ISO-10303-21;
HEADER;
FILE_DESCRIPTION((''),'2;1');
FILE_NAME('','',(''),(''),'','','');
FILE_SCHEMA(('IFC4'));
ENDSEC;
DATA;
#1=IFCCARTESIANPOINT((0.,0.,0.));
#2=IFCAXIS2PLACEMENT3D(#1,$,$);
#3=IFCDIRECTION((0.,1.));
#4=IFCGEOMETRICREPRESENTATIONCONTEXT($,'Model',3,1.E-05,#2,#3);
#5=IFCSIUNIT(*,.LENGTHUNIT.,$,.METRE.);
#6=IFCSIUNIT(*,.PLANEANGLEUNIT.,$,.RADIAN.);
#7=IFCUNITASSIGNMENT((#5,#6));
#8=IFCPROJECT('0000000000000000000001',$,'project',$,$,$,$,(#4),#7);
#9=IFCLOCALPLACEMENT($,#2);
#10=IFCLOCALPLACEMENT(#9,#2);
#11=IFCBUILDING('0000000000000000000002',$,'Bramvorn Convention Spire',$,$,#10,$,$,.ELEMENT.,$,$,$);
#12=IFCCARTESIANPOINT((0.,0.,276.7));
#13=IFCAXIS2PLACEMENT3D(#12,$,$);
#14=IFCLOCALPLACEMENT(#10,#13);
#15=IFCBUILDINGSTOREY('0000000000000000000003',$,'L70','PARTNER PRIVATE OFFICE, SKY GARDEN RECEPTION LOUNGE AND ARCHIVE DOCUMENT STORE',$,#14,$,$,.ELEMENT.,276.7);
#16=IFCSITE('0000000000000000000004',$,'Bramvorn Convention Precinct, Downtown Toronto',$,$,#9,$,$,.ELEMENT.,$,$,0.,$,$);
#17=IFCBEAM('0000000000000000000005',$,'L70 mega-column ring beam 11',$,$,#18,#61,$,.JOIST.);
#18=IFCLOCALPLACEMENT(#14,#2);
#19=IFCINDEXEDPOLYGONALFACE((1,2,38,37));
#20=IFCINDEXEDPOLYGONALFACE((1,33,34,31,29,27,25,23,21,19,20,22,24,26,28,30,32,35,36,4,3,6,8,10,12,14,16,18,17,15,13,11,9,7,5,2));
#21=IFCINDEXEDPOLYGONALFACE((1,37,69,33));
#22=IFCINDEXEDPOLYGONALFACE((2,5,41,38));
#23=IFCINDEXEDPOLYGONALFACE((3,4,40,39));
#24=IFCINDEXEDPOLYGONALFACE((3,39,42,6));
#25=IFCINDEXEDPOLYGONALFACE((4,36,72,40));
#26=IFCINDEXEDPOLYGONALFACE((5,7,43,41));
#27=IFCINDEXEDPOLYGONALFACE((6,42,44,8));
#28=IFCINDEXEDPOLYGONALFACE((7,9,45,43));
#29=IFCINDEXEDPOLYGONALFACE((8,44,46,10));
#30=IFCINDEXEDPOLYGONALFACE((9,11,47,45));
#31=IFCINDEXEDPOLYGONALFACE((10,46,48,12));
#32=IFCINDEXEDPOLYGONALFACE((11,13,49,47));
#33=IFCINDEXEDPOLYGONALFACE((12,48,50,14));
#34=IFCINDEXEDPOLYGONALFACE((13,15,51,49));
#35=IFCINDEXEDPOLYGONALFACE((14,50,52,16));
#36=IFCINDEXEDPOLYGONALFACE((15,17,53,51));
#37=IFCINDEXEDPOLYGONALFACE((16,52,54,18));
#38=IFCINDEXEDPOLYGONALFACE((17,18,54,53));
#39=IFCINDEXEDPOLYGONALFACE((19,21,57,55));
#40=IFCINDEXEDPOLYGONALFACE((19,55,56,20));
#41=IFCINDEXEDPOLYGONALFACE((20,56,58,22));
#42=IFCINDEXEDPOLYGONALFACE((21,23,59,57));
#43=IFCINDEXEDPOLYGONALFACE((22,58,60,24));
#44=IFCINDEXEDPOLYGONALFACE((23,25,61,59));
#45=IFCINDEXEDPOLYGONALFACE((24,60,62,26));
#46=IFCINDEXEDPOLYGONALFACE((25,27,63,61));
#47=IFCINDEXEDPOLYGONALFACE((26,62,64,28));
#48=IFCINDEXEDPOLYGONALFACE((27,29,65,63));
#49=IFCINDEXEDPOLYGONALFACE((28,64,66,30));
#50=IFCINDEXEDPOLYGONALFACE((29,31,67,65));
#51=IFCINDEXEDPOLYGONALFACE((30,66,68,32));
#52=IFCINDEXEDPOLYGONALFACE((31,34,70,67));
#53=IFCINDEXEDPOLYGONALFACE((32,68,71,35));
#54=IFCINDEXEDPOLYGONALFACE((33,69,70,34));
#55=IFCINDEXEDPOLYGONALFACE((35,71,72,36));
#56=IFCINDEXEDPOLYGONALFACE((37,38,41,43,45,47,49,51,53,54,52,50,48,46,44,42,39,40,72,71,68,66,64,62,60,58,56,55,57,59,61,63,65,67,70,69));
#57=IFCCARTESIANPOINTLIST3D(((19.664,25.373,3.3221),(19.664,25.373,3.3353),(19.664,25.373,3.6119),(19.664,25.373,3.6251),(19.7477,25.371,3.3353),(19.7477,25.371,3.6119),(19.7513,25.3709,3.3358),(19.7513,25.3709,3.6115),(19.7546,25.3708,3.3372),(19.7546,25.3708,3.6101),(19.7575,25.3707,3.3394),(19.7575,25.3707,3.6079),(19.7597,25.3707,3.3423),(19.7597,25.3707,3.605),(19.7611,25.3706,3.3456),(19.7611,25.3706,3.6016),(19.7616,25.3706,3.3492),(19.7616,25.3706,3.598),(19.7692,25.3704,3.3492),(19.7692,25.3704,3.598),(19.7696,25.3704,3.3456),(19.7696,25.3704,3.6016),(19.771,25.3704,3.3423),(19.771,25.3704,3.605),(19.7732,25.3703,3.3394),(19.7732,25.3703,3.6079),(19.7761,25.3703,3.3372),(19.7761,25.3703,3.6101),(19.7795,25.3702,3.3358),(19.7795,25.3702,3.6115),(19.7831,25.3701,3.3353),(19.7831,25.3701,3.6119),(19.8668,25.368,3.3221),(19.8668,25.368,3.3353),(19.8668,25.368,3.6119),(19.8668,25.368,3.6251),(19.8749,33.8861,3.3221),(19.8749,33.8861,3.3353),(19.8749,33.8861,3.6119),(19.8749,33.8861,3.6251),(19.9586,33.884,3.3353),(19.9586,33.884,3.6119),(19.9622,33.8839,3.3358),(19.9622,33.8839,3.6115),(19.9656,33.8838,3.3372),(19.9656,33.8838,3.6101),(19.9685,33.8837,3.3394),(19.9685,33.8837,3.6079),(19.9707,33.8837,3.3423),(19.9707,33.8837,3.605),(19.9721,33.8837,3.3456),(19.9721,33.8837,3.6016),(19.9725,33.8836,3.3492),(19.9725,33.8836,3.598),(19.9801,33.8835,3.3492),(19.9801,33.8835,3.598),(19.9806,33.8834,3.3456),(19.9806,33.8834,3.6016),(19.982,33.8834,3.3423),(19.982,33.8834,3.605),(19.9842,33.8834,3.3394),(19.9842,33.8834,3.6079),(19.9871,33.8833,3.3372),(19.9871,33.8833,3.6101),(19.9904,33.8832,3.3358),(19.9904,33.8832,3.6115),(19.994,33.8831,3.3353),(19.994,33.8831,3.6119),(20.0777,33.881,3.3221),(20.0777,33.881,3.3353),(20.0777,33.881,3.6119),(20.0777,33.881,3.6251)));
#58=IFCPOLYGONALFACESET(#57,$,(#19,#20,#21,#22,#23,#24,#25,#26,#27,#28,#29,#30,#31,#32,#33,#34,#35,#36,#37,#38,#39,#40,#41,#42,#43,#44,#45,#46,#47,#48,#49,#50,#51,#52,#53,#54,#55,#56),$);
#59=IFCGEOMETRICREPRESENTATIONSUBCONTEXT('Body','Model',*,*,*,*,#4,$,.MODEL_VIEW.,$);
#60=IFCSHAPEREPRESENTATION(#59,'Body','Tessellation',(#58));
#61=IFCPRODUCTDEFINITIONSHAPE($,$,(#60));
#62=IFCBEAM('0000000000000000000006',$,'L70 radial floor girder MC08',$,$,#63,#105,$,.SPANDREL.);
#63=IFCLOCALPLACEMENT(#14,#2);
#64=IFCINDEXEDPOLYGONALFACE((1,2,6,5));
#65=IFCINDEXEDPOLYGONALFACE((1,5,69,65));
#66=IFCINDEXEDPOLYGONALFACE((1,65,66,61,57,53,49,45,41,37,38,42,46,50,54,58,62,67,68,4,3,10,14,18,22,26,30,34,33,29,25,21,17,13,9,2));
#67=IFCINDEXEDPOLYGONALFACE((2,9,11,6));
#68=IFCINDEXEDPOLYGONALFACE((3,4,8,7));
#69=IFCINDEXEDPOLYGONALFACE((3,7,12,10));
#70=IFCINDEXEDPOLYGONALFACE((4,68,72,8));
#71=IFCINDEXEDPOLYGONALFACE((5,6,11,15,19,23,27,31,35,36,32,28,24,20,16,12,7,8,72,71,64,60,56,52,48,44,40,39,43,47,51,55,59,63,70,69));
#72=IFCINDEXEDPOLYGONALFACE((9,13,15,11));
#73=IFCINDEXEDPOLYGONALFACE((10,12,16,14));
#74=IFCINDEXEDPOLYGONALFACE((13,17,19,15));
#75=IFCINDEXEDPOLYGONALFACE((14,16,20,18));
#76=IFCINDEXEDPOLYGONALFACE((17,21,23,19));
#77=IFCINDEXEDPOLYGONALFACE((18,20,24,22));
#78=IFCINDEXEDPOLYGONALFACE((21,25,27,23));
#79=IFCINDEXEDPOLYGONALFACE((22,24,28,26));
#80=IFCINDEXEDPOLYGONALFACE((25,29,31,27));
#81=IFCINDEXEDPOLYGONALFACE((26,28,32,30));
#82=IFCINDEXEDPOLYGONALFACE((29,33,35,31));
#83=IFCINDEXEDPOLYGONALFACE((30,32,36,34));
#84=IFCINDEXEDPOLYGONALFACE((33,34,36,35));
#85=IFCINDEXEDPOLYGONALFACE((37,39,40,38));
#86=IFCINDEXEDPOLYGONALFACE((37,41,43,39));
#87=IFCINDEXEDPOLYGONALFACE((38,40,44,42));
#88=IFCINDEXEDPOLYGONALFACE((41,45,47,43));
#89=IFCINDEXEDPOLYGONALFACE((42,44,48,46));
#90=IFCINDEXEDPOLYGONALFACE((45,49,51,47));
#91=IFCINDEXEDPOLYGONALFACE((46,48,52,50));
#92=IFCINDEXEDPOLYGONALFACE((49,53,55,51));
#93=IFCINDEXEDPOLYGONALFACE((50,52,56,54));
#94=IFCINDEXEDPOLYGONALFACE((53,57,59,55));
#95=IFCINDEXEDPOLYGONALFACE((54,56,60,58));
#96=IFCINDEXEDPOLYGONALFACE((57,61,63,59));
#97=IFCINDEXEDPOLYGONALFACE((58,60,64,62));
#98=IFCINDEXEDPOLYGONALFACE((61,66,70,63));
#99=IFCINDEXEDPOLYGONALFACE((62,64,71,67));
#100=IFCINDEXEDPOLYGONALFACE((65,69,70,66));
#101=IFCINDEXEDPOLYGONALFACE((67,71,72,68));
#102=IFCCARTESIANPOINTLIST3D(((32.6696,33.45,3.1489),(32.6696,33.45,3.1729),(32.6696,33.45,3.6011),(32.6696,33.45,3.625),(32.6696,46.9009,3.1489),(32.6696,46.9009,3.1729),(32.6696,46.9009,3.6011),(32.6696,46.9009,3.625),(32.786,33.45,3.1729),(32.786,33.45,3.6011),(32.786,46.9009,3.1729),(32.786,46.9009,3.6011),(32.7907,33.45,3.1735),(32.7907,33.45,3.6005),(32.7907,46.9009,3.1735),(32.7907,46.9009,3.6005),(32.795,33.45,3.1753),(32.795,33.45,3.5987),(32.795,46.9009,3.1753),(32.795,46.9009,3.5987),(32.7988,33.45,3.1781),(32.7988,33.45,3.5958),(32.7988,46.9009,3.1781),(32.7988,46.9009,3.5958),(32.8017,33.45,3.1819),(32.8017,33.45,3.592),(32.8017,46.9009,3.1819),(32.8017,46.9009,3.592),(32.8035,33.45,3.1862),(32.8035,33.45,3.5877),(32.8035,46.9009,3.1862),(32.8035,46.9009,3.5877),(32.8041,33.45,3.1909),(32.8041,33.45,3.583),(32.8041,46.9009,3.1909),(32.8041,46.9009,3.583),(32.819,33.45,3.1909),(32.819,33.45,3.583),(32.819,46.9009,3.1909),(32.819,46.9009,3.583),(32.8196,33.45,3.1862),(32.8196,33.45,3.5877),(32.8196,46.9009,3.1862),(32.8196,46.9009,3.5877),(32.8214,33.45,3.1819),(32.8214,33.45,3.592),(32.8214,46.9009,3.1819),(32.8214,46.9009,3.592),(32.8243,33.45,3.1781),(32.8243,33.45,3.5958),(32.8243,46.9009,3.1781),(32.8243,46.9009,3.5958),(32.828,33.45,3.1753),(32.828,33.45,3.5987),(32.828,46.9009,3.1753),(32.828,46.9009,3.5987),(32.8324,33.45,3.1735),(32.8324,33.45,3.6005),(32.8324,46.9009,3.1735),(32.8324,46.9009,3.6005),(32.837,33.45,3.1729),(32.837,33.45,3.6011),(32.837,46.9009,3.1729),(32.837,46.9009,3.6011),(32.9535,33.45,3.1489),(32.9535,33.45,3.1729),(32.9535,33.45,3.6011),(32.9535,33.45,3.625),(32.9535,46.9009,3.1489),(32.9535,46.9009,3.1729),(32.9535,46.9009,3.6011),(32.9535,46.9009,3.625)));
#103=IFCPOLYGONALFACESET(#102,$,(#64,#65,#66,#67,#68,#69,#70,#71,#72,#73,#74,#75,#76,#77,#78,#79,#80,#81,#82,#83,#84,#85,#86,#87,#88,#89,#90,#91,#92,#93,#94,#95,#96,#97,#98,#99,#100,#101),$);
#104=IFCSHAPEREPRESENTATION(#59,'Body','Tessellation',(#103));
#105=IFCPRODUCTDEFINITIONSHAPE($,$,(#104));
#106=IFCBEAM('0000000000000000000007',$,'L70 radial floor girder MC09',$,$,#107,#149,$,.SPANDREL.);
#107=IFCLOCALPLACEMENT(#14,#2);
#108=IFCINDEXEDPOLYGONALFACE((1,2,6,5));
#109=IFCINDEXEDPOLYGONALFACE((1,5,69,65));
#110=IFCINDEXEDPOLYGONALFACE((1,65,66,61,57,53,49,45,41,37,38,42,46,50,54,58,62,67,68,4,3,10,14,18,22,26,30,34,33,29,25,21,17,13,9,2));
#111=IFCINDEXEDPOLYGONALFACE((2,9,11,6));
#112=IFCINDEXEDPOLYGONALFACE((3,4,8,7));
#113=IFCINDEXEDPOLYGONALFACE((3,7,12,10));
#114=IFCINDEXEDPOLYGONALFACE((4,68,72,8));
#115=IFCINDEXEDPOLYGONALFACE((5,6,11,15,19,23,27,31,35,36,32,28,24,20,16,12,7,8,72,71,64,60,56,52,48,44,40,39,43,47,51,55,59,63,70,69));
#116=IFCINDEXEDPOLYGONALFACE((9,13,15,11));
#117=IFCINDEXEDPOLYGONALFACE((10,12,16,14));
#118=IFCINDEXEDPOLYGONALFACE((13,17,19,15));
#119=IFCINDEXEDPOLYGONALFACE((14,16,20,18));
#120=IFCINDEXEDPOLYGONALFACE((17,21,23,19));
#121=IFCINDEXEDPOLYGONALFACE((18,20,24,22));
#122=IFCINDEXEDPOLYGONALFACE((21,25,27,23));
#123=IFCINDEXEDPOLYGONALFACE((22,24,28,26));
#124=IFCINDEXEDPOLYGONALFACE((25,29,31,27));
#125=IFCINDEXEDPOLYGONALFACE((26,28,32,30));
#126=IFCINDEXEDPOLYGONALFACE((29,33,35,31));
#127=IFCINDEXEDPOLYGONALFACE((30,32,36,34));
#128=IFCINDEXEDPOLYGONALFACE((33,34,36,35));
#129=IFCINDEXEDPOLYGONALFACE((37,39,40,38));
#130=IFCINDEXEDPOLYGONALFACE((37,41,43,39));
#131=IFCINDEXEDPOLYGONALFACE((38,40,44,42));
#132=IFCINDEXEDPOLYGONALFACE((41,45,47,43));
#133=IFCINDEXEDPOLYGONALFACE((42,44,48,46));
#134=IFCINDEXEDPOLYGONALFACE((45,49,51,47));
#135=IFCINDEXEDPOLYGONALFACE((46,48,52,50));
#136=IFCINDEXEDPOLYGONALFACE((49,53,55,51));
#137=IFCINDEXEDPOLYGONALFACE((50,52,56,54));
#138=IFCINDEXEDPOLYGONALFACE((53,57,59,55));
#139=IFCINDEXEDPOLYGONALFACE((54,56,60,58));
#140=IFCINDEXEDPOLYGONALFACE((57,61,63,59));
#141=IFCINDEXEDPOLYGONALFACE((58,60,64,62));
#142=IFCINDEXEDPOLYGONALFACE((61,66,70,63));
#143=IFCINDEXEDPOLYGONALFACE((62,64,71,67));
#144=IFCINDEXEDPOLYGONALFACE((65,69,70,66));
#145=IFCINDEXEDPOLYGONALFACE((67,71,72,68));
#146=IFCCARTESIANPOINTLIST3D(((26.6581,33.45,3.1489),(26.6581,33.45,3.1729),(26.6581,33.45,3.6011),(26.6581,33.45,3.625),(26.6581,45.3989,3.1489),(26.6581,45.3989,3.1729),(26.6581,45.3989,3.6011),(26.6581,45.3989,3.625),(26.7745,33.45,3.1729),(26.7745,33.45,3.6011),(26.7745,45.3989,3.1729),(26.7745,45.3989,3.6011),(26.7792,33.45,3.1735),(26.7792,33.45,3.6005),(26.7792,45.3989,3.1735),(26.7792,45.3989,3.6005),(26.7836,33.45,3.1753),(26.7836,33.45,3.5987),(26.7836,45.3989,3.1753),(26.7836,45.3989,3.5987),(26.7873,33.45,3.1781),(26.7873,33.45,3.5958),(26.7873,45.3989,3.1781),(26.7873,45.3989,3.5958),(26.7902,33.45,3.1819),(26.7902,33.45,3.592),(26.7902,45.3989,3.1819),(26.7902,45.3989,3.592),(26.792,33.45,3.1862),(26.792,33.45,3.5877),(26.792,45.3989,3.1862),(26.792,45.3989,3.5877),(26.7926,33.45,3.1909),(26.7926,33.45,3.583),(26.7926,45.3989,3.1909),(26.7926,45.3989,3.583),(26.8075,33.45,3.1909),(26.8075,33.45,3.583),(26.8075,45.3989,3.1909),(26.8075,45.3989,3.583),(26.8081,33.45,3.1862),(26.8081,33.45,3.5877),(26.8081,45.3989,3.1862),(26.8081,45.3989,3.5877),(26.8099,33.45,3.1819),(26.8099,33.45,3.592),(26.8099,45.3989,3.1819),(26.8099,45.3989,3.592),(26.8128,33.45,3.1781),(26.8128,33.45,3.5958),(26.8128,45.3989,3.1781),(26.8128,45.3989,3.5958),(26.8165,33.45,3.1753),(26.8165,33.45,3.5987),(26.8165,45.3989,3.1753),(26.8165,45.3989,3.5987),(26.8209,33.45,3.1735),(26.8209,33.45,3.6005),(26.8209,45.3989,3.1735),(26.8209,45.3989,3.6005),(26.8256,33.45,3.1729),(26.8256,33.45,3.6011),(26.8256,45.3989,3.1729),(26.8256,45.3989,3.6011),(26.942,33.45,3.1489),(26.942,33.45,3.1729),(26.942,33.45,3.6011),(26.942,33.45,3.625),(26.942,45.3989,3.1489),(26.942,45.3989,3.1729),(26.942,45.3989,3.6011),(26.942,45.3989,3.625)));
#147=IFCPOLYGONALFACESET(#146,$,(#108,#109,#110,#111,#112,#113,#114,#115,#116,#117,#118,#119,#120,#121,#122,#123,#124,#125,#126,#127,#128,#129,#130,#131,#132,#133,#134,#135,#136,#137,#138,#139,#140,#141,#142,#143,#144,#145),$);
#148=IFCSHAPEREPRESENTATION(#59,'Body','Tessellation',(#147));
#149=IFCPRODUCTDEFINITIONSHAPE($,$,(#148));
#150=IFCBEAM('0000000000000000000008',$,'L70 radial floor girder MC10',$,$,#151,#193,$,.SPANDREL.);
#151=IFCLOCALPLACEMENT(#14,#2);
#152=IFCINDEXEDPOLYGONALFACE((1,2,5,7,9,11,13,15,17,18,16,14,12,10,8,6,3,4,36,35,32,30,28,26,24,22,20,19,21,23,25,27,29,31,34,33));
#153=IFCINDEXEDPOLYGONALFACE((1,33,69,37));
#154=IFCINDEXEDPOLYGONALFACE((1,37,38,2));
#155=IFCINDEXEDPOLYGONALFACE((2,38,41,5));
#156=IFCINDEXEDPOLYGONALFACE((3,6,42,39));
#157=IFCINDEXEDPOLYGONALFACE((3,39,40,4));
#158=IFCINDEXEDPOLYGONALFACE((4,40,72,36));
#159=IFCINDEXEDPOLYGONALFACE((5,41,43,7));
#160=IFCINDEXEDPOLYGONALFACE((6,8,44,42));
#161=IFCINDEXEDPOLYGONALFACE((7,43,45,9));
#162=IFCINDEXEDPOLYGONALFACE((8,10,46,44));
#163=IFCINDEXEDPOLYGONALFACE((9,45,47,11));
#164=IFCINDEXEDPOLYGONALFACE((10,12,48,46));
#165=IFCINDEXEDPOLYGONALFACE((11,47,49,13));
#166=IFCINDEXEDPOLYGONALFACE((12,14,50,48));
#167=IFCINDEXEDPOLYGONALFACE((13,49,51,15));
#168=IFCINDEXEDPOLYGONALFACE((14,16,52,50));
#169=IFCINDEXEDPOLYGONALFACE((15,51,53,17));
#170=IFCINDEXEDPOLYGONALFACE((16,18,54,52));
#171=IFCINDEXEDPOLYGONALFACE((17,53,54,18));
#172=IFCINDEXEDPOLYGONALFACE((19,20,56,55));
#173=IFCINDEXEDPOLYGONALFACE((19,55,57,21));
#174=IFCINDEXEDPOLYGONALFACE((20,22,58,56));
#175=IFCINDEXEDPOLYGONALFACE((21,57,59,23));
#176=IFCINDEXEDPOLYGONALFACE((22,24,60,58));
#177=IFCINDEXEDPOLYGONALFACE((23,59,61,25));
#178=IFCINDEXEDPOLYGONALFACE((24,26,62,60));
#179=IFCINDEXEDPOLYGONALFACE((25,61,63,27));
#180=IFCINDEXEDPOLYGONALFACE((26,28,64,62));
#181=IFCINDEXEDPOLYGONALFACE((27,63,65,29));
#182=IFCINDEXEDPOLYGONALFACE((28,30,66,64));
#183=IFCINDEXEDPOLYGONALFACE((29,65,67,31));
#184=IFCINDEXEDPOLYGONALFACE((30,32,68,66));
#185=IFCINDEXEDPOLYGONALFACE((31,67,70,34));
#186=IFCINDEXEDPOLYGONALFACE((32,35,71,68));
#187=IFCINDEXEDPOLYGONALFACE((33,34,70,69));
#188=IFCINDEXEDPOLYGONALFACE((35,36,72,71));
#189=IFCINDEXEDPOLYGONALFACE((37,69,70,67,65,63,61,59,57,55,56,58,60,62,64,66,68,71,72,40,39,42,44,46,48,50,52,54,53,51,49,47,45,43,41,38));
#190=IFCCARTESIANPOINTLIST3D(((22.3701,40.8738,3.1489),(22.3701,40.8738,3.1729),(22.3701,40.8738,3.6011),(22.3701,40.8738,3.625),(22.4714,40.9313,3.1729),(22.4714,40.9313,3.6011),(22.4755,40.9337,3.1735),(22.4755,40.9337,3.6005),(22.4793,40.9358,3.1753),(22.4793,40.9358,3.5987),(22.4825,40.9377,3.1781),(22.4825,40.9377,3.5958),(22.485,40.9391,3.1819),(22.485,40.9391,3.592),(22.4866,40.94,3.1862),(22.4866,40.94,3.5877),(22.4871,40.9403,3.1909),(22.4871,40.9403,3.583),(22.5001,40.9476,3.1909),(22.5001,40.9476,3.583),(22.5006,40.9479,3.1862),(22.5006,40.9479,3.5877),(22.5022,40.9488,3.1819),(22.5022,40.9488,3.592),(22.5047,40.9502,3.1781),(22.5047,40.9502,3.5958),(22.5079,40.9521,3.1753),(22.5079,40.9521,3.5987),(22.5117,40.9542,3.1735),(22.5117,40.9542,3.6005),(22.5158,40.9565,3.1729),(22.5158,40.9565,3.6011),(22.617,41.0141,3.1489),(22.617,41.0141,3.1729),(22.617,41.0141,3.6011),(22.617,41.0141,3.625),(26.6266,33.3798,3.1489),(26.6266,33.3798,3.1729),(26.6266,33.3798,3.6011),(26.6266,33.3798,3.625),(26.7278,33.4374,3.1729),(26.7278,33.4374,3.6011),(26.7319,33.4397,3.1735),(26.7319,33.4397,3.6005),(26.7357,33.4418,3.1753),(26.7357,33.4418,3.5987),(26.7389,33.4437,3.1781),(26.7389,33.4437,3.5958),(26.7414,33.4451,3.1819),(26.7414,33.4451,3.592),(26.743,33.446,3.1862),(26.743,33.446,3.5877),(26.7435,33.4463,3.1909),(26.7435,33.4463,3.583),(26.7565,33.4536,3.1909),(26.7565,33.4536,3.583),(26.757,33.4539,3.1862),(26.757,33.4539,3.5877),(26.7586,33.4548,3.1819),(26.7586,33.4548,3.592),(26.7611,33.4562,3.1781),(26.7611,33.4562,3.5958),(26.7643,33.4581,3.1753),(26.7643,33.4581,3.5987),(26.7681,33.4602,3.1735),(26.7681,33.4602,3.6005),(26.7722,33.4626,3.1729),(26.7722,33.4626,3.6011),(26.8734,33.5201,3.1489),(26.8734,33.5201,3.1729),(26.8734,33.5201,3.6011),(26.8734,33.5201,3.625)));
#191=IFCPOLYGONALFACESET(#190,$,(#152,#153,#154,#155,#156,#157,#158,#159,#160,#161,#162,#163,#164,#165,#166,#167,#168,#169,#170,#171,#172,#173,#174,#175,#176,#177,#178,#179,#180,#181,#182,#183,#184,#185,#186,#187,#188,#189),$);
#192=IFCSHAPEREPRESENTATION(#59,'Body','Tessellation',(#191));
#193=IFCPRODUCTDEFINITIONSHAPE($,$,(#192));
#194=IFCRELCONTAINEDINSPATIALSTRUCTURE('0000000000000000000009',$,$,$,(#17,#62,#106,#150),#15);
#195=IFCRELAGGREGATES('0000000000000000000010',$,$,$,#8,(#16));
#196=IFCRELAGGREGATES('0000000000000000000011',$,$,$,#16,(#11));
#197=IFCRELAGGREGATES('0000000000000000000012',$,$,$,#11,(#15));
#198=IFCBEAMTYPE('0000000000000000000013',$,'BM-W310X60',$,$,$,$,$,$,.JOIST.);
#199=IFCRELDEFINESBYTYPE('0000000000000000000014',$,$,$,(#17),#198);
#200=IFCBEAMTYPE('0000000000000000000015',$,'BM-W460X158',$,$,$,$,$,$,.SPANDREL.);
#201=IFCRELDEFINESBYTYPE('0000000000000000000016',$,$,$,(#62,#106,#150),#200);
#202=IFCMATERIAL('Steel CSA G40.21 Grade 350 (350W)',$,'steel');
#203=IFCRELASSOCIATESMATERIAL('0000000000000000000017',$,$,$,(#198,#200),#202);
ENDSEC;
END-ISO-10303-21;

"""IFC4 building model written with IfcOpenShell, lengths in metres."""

from ifc_helpers import new_model, si_unit, direction, frame, origin, origin_2d, place, context, subcontext, project, spatial, i_section, extrude, material, material_profile, profile_set, type_object, element, save


model = new_model("IFC4")

# Units and contexts
model_context = context("Model", 3, precision=1e-05, world=origin(), true_north=direction((0.0, 1.0)))
body_context = subcontext(model_context, "Body", "Model", "MODEL_VIEW")
ifc_project = project(units=[si_unit("LENGTHUNIT", "METRE"), si_unit("PLANEANGLEUNIT", "RADIAN")], contexts=[model_context])

# Site, building, storey
site_placement = place(None, origin())
site = spatial("IfcSite", under=ifc_project, at=site_placement, Name="Bramvorn Convention Precinct, Downtown Toronto", CompositionType="ELEMENT", RefElevation=0.0)
building_placement = place(site_placement, origin())
building = spatial("IfcBuilding", under=site, at=building_placement, Name="Bramvorn Convention Spire", CompositionType="ELEMENT")
storey_placement = place(building_placement, frame((0.0, 0.0, 276.7)))
storey = spatial("IfcBuildingStorey", under=building, at=storey_placement, Name="L70", Description="PARTNER PRIVATE OFFICE, SKY GARDEN RECEPTION LOUNGE AND ARCHIVE DOCUMENT STORE", CompositionType="ELEMENT", Elevation=276.7)

# Shared definitions
ifc_material_1 = material(Name="Steel CSA G40.21 Grade 350 (350W)", Category="steel")

# Beams
ifc_material_profile_1 = material_profile(ifc_material_1, i_section(OverallWidth=0.2029, OverallDepth=0.303, WebThickness=0.0076, FlangeThickness=0.0132, FilletRadius=0.0139, at=origin_2d()))
ifc_profile_set_1 = profile_set([ifc_material_profile_1], Name="Steel CSA G40.21 Grade 350 (350W) - W310X60")
beam_type_1 = type_object("IfcBeamType", Name="BM-W310X60", PredefinedType="JOIST", material=ifc_profile_set_1)
beam_1_placement = place(storey_placement, frame((19.9763, 33.8835, 3.4736), z_axis=(-0.024771, -0.999693, 0.0), x_axis=(0.999693, -0.024771, 0.0)))
element("IfcBeam", 1, at=beam_1_placement, inside=storey, type_object=beam_type_1, Name="L70 mega-column ring beam 11", PredefinedType="JOIST", context=body_context, shape_type="SweptSolid", body=[
    extrude(i_section(OverallWidth=0.2029, OverallDepth=0.303, WebThickness=0.0076, FlangeThickness=0.0132, FilletRadius=0.0139, at=origin_2d()), origin(), (0.0, 0.0, 1.0), 8.5156),
])
ifc_material_profile_2 = material_profile(ifc_material_1, i_section(OverallWidth=0.2839, OverallDepth=0.4761, WebThickness=0.0149, FlangeThickness=0.0239, FilletRadius=0.0181, at=origin_2d()))
ifc_profile_set_2 = profile_set([ifc_material_profile_2], Name="Steel CSA G40.21 Grade 350 (350W) - W460X158")
beam_type_2 = type_object("IfcBeamType", Name="BM-W460X158", PredefinedType="SPANDREL", material=ifc_profile_set_2)
beam_2_placement = place(storey_placement, frame((32.8115, 33.45, 3.387), z_axis=(0.0, 1.0, 0.0), x_axis=(-1.0, 0.0, 0.0)))
element("IfcBeam", 2, at=beam_2_placement, inside=storey, type_object=beam_type_2, Name="L70 radial floor girder MC08", PredefinedType="SPANDREL", context=body_context, shape_type="SweptSolid", body=[
    extrude(i_section(OverallWidth=0.2839, OverallDepth=0.4761, WebThickness=0.0149, FlangeThickness=0.0239, FilletRadius=0.0181, at=origin_2d()), origin(), (0.0, 0.0, 1.0), 13.4509),
])
beam_3_placement = place(storey_placement, frame((26.8, 33.45, 3.387), z_axis=(0.0, 1.0, 0.0), x_axis=(-1.0, 0.0, 0.0)))
element("IfcBeam", 3, at=beam_3_placement, inside=storey, type_object=beam_type_2, Name="L70 radial floor girder MC09", PredefinedType="SPANDREL", context=body_context, shape_type="SweptSolid", body=[
    extrude(i_section(OverallWidth=0.2839, OverallDepth=0.4761, WebThickness=0.0149, FlangeThickness=0.0239, FilletRadius=0.0181, at=origin_2d()), origin(), (0.0, 0.0, 1.0), 11.949),
])
beam_4_placement = place(storey_placement, frame((26.75, 33.45, 3.387), z_axis=(-0.493874, 0.869534, 0.0), x_axis=(-0.869534, -0.493874, 0.0)))
element("IfcBeam", 4, at=beam_4_placement, inside=storey, type_object=beam_type_2, Name="L70 radial floor girder MC10", PredefinedType="SPANDREL", context=body_context, shape_type="SweptSolid", body=[
    extrude(i_section(OverallWidth=0.2839, OverallDepth=0.4761, WebThickness=0.0149, FlangeThickness=0.0239, FilletRadius=0.0181, at=origin_2d()), origin(), (0.0, 0.0, 1.0), 8.6184),
])

save(model, "model.ifc")
